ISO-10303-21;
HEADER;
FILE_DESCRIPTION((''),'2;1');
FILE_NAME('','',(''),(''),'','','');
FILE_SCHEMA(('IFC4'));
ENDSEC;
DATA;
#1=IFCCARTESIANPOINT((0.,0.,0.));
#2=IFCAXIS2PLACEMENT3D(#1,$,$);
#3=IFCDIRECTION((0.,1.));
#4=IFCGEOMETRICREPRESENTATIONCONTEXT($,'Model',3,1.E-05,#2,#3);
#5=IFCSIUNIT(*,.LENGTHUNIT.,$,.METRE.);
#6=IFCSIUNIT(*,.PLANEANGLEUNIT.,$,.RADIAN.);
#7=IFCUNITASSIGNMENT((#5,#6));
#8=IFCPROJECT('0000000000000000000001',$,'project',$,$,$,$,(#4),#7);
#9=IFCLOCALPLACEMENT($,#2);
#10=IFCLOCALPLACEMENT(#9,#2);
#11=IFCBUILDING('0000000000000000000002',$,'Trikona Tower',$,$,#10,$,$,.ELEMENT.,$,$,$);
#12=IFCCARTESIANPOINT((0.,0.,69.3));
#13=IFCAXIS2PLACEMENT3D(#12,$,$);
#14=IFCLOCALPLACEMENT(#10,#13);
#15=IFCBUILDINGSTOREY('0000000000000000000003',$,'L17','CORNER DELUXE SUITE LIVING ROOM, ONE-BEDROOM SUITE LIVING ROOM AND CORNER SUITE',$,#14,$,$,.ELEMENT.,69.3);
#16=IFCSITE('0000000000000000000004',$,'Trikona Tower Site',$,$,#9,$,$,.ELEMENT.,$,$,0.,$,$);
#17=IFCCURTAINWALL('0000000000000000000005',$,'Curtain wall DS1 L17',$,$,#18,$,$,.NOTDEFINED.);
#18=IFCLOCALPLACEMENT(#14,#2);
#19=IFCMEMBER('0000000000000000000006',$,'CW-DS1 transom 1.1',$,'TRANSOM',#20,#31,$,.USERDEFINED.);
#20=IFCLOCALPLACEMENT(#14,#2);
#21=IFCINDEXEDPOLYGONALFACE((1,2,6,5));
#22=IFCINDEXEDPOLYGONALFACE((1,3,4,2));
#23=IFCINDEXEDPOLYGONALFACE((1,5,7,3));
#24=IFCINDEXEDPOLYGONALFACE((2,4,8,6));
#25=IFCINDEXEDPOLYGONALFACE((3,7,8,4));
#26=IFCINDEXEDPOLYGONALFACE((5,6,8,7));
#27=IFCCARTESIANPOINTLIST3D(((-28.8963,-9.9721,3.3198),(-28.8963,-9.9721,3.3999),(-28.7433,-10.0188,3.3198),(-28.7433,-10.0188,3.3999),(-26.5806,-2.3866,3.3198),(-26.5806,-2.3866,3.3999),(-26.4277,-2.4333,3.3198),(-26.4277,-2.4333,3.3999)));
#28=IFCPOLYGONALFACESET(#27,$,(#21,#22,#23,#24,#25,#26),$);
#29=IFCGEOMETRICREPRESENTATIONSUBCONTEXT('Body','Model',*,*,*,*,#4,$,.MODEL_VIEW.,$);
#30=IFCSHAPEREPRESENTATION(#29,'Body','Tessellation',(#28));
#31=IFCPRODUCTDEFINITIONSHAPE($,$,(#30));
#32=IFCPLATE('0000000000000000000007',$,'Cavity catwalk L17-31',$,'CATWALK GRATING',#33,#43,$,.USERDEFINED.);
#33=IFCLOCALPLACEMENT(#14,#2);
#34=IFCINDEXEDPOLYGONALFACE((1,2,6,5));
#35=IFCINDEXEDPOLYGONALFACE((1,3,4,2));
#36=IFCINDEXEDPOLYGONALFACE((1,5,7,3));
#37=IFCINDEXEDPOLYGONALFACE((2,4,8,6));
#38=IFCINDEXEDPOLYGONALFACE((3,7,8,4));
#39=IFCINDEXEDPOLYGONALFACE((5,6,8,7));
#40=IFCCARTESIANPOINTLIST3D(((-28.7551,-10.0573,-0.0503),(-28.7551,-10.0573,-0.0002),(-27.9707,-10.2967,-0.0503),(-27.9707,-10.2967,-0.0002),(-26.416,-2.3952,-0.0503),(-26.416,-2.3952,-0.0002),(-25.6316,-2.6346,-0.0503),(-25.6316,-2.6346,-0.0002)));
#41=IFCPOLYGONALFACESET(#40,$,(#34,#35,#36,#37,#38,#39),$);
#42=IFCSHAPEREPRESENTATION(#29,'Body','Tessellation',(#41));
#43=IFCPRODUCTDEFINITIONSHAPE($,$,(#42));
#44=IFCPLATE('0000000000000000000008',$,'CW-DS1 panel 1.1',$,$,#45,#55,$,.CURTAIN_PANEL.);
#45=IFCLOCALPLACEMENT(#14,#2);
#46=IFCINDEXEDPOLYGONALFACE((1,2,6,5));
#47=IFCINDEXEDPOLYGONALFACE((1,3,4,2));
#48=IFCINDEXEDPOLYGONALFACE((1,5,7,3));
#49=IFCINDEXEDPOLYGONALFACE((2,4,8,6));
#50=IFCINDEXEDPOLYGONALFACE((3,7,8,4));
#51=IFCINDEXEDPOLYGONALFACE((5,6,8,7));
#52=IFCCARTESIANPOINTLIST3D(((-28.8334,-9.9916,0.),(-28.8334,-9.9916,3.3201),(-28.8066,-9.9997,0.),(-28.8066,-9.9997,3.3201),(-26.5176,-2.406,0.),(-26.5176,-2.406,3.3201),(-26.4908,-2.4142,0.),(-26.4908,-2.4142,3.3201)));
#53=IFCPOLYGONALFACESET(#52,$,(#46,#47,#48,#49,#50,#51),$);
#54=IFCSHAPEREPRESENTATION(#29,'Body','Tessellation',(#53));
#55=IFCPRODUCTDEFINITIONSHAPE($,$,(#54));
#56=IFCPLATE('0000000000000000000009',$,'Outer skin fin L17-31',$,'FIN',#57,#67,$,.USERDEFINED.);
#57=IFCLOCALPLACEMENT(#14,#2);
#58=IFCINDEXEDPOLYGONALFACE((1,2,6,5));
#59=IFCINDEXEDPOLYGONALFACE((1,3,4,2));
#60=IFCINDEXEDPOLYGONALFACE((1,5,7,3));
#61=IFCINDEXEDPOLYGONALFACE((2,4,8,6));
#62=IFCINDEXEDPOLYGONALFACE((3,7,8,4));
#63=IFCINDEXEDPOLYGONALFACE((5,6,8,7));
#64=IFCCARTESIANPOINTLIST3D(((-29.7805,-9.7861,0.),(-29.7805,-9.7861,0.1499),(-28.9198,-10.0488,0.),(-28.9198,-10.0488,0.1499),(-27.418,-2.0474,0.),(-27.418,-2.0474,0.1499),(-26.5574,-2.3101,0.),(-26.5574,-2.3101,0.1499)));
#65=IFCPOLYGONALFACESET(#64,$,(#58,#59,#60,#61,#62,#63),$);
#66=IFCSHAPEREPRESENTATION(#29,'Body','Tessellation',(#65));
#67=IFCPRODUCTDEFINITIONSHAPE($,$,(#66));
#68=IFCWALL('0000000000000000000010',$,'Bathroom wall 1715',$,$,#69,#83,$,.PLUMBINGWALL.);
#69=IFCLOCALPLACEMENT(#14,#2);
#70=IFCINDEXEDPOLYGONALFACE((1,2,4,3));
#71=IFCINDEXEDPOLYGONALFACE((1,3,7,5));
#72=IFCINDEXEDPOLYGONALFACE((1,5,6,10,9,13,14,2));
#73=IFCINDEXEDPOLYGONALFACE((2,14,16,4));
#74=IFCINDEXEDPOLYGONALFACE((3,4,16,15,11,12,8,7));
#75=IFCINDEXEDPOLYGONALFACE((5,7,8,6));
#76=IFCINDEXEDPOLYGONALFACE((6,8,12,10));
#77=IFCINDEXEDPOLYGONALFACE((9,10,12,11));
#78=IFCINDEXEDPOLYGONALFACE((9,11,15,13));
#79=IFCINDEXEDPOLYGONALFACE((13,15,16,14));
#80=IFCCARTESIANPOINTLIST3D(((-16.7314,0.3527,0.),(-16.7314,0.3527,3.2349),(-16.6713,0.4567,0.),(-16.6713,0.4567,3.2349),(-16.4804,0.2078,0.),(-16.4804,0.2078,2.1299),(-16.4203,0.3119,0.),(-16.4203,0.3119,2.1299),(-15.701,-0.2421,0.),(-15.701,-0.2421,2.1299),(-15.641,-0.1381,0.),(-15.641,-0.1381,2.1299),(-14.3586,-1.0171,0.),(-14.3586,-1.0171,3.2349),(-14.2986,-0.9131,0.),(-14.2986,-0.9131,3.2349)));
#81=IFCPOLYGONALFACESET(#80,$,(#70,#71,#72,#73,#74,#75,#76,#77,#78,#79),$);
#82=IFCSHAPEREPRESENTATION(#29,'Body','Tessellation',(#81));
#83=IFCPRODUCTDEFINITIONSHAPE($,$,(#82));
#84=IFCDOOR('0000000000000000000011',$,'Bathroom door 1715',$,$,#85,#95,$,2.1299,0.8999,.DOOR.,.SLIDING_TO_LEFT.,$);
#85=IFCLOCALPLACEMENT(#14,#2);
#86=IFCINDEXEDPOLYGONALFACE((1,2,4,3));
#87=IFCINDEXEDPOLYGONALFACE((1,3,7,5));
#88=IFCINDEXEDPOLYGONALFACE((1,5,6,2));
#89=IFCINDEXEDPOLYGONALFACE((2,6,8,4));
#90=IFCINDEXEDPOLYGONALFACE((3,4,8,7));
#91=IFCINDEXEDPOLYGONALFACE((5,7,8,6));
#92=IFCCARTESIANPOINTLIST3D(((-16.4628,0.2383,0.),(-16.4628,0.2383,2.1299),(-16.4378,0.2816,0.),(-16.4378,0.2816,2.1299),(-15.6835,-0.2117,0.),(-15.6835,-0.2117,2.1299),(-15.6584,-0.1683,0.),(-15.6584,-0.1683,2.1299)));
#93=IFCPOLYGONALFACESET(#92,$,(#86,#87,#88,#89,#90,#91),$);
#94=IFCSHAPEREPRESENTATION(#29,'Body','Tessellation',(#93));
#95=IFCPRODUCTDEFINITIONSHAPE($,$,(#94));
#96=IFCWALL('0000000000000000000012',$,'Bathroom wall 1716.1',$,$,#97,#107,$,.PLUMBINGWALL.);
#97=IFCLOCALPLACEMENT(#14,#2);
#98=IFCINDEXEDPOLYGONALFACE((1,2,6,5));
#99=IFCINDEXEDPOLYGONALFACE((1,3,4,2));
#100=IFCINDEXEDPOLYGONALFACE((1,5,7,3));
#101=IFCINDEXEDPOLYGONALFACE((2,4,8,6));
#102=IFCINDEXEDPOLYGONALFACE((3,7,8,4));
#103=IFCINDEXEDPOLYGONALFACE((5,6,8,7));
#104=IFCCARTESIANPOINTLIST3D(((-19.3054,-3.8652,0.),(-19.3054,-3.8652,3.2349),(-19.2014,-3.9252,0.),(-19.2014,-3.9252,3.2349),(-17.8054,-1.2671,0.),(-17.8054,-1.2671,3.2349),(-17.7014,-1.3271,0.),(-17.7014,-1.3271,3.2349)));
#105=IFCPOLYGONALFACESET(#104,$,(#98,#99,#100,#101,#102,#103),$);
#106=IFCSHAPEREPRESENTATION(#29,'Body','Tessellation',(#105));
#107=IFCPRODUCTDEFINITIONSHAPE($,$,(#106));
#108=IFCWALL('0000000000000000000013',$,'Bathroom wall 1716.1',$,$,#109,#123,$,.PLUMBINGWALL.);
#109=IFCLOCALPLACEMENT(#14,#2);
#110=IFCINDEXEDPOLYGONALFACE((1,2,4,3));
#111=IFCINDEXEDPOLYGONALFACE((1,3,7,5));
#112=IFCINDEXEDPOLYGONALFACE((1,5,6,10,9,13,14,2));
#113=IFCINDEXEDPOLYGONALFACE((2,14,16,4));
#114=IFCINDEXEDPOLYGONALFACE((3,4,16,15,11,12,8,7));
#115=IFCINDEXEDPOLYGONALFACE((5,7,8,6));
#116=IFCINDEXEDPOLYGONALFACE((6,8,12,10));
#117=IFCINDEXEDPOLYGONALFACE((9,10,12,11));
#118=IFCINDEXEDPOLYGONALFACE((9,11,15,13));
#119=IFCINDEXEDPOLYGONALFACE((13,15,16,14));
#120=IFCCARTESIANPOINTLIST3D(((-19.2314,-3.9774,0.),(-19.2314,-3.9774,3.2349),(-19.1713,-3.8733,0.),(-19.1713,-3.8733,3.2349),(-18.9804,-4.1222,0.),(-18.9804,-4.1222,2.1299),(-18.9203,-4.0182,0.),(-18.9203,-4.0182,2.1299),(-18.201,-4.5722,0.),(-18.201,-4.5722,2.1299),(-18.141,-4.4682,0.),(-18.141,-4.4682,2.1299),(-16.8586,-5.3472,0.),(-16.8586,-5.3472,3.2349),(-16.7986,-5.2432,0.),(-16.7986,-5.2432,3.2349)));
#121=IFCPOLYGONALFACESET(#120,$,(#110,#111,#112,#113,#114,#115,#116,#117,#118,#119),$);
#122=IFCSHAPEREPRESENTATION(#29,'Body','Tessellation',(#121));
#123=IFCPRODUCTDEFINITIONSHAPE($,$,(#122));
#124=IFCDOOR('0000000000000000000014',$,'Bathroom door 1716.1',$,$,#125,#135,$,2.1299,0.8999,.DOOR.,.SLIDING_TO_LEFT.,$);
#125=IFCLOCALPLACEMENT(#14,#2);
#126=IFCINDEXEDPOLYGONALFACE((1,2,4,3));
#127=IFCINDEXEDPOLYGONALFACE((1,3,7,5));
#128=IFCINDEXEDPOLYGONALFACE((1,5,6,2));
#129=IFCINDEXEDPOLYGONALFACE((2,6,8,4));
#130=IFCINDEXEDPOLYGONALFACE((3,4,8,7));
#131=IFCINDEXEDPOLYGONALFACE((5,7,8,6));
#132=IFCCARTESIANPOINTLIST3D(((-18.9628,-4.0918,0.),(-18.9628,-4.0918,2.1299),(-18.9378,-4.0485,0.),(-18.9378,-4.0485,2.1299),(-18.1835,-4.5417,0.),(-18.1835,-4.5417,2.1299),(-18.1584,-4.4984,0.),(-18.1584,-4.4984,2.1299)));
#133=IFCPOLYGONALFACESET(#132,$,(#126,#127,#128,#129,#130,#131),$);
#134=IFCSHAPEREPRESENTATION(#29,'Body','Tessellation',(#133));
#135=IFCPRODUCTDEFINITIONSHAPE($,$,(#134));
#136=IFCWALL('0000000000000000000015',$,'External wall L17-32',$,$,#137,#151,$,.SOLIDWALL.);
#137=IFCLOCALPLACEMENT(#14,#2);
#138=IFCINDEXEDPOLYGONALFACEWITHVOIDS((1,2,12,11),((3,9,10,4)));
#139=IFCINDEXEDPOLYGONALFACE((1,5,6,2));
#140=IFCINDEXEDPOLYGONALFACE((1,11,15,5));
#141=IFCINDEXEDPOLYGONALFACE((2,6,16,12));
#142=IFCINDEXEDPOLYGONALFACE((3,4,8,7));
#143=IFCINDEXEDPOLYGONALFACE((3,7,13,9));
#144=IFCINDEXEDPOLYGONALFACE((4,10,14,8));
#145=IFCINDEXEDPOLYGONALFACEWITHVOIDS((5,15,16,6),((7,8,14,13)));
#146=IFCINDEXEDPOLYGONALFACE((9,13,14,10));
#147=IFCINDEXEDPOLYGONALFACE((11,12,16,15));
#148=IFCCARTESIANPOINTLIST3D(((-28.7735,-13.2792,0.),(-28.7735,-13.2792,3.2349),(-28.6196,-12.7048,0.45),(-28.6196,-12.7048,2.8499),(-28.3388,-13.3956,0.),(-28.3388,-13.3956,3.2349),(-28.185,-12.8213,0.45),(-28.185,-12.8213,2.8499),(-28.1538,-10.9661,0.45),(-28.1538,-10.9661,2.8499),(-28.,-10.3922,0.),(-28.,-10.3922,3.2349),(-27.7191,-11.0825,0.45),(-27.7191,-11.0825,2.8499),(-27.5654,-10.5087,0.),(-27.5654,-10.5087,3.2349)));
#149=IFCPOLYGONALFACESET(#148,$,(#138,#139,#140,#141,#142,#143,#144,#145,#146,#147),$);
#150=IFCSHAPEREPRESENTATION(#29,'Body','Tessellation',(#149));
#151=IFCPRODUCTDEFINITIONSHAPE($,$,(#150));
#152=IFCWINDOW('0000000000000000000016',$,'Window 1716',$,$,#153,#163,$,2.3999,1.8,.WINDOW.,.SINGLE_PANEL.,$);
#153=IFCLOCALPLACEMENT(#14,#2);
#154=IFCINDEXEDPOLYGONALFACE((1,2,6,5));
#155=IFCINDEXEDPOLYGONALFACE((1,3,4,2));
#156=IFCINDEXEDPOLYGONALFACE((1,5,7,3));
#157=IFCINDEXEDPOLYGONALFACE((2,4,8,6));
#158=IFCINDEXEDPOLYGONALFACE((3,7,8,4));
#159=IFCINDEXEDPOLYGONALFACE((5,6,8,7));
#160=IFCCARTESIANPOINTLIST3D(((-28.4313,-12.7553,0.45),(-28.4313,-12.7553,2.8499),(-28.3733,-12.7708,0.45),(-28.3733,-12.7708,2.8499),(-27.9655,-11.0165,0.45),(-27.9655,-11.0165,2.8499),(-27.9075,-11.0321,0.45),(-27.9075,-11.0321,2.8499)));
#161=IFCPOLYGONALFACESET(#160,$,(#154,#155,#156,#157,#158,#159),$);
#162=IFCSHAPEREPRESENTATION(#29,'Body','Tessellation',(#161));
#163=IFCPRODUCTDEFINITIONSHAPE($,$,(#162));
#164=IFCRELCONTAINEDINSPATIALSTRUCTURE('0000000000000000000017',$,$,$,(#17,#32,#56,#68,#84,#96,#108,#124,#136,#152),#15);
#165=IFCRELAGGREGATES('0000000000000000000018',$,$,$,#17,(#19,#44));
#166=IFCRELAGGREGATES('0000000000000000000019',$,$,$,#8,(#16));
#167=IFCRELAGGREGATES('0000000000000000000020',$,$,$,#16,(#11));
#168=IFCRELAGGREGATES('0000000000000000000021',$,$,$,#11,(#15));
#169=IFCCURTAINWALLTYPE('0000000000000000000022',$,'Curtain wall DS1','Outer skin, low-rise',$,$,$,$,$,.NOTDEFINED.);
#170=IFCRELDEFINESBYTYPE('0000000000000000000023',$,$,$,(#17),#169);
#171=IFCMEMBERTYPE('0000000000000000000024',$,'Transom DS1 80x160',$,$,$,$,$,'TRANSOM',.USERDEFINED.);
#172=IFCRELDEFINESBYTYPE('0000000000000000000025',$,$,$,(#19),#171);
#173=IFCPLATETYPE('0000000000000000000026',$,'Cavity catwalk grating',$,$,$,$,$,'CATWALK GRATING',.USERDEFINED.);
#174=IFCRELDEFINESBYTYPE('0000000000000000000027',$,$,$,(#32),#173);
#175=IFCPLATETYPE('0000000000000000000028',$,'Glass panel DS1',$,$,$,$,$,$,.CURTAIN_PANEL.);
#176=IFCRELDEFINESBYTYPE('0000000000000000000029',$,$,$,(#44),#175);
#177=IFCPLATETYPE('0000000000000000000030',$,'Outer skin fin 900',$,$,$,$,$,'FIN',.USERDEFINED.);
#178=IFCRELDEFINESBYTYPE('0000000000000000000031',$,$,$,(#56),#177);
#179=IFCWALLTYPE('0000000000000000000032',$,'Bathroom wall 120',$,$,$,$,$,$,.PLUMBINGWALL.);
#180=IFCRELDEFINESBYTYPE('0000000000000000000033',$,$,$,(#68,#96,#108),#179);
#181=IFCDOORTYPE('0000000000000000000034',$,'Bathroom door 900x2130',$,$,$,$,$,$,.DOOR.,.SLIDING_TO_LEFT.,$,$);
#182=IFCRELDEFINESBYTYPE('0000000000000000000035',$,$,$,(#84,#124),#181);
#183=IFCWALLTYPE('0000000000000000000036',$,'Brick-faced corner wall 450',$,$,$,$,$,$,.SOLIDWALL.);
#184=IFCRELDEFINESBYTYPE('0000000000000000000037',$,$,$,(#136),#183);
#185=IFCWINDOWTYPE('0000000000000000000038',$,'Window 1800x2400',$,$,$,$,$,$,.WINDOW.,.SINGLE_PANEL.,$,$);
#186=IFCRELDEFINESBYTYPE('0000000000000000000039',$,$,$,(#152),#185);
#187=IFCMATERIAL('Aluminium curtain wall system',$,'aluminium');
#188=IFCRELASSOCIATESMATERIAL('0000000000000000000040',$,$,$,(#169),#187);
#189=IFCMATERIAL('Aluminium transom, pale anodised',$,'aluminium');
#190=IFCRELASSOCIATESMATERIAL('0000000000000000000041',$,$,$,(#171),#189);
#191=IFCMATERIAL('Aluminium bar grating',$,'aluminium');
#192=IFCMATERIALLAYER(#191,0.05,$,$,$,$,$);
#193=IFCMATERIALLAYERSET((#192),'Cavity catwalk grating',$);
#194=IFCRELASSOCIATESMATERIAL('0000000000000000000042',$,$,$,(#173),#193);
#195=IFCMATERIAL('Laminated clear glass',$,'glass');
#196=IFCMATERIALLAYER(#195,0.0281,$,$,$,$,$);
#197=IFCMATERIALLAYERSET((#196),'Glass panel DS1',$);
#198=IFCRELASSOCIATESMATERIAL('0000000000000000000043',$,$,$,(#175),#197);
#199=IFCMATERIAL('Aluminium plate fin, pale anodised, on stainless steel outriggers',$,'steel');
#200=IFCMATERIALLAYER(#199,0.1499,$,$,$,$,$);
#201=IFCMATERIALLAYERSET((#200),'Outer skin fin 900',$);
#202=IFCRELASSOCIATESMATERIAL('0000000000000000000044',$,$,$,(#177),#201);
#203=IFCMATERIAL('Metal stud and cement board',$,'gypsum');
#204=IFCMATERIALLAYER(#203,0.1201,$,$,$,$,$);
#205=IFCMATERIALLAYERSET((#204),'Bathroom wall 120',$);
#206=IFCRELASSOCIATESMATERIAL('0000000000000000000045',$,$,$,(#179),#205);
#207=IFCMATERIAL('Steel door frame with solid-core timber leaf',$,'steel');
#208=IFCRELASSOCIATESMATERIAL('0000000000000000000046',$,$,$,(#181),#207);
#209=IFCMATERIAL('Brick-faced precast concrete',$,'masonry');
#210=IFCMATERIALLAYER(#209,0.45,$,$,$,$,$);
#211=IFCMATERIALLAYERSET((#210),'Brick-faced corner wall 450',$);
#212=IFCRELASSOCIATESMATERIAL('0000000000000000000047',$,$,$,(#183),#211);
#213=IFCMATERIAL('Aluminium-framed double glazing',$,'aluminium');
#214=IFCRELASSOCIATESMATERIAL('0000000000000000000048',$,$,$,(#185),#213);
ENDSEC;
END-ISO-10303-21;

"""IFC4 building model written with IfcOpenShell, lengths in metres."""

from ifc_helpers import new_model, si_unit, direction, frame, frame_2d, origin, origin_2d, place, context, subcontext, project, spatial, rectangle, extrude, material, layer, layer_set, material_profile, profile_set, type_object, element, fill, aggregate, save


model = new_model("IFC4")

# Units and contexts
model_context = context("Model", 3, precision=1e-05, world=origin(), true_north=direction((0.0, 1.0)))
body_context = subcontext(model_context, "Body", "Model", "MODEL_VIEW")
ifc_project = project(units=[si_unit("LENGTHUNIT", "METRE"), si_unit("PLANEANGLEUNIT", "RADIAN")], contexts=[model_context])

# Site, building, storey
site_placement = place(None, origin())
site = spatial("IfcSite", under=ifc_project, at=site_placement, Name="Trikona Tower Site", CompositionType="ELEMENT", RefElevation=0.0)
building_placement = place(site_placement, origin())
building = spatial("IfcBuilding", under=site, at=building_placement, Name="Trikona Tower", CompositionType="ELEMENT")
storey_placement = place(building_placement, frame((0.0, 0.0, 69.3)))
storey = spatial("IfcBuildingStorey", under=building, at=storey_placement, Name="L17", Description="CORNER DELUXE SUITE LIVING ROOM, ONE-BEDROOM SUITE LIVING ROOM AND CORNER SUITE", CompositionType="ELEMENT", Elevation=69.3)

# Shared definitions
ifc_material_1 = material(Name="Aluminium curtain wall system", Category="aluminium")
curtain_wall_type = type_object("IfcCurtainWallType", Name="Curtain wall DS1", Description="Outer skin, low-rise", PredefinedType="NOTDEFINED", material=ifc_material_1)

# Curtain wall
curtain_wall_1_placement = place(storey_placement, origin())
curtain_wall_1 = element("IfcCurtainWall", 1, at=curtain_wall_1_placement, inside=storey, type_object=curtain_wall_type, Name="Curtain wall DS1 L17", PredefinedType="NOTDEFINED")

# Member
ifc_material_2 = material(Name="Aluminium transom, pale anodised", Category="aluminium")
ifc_material_profile_1 = material_profile(ifc_material_2, rectangle(XDim=0.1599, YDim=0.0801, at=origin_2d()), Name="TRN-DS1")
ifc_profile_set_1 = profile_set([ifc_material_profile_1], Name="Aluminium transom, pale anodised")
member_type_1 = type_object("IfcMemberType", Name="Transom DS1 80x160", ElementType="TRANSOM", PredefinedType="USERDEFINED", material=ifc_profile_set_1)
member_1_placement = place(storey_placement, frame((-26.5042, -2.4099, 3.3599), z_axis=(-0.291967, -0.956428, 0.0), x_axis=(0.956428, -0.291967, 0.0)))
member_1 = element("IfcMember", 2, at=member_1_placement, type_object=member_type_1, Name="CW-DS1 transom 1.1", ObjectType="TRANSOM", PredefinedType="USERDEFINED", context=body_context, shape_type="SweptSolid", body=[
    extrude(rectangle(XDim=0.1599, YDim=0.0801, at=origin_2d()), origin(), (0.0, 0.0, 1.0), 7.9312),
])

# Plates
ifc_material_3 = material(Name="Aluminium bar grating", Category="aluminium")
ifc_layer_1 = layer(ifc_material_3, 0.05)
ifc_layer_set_1 = layer_set([ifc_layer_1], Name="Cavity catwalk grating")
plate_type_1 = type_object("IfcPlateType", Name="Cavity catwalk grating", ElementType="CATWALK GRATING", PredefinedType="USERDEFINED", material=ifc_layer_set_1)
plate_1_placement = place(storey_placement, frame((-27.1934, -6.3459, -0.0503), z_axis=(0.0, 0.0, 1.0), x_axis=(-0.291979, -0.956425, 0.0)))
element("IfcPlate", 3, at=plate_1_placement, inside=storey, type_object=plate_type_1, Name="Cavity catwalk L17-31", ObjectType="CATWALK GRATING", PredefinedType="USERDEFINED", context=body_context, shape_type="SweptSolid", body=[
    extrude(rectangle(XDim=8.0112, YDim=0.8201, at=origin_2d()), origin(), (0.0, 0.0, 1.0), 0.05),
])
ifc_material_4 = material(Name="Laminated clear glass", Category="glass")
ifc_layer_2 = layer(ifc_material_4, 0.0281)
ifc_layer_set_2 = layer_set([ifc_layer_2], Name="Glass panel DS1")
plate_type_2 = type_object("IfcPlateType", Name="Glass panel DS1", PredefinedType="CURTAIN_PANEL", material=ifc_layer_set_2)
plate_2_placement = place(storey_placement, frame((-27.6621, -6.2029, 0.0), z_axis=(0.0, 0.0, 1.0), x_axis=(-0.291984, -0.956423, 0.0)))
plate_2 = element("IfcPlate", 4, at=plate_2_placement, type_object=plate_type_2, Name="CW-DS1 panel 1.1", PredefinedType="CURTAIN_PANEL", context=body_context, shape_type="SweptSolid", body=[
    extrude(rectangle(XDim=7.9312, YDim=0.0281, at=origin_2d()), origin(), (0.0, 0.0, 1.0), 3.3201),
])
aggregate(curtain_wall_1, [member_1, plate_2])
ifc_material_5 = material(Name="Aluminium plate fin, pale anodised, on stainless steel outriggers", Category="steel")
ifc_layer_3 = layer(ifc_material_5, 0.1499)
ifc_layer_set_3 = layer_set([ifc_layer_3], Name="Outer skin fin 900")
plate_type_3 = type_object("IfcPlateType", Name="Outer skin fin 900", ElementType="FIN", PredefinedType="USERDEFINED", material=ifc_layer_set_3)
plate_3_placement = place(storey_placement, frame((-28.1689, -6.0481, 0.0), z_axis=(0.0, 0.0, 1.0), x_axis=(-0.291979, -0.956425, 0.0)))
element("IfcPlate", 5, at=plate_3_placement, inside=storey, type_object=plate_type_3, Name="Outer skin fin L17-31", ObjectType="FIN", PredefinedType="USERDEFINED", context=body_context, shape_type="SweptSolid", body=[
    extrude(rectangle(XDim=8.0913, YDim=0.8999, at=origin_2d()), origin(), (0.0, 0.0, 1.0), 0.1499),
])

# Wall, opening, door
ifc_material_6 = material(Name="Metal stud and cement board", Category="gypsum")
ifc_layer_4 = layer(ifc_material_6, 0.1201)
ifc_layer_set_4 = layer_set([ifc_layer_4], Name="Bathroom wall 120")
wall_type_1 = type_object("IfcWallType", Name="Bathroom wall 120", PredefinedType="PLUMBINGWALL", material=ifc_layer_set_4)
wall_1_placement = place(storey_placement, frame((-14.3286, -0.9651, 0.0), z_axis=(0.0, 0.0, 1.0), x_axis=(-0.866036, 0.499982, 0.0)))
wall_1 = element("IfcWall", 6, at=wall_1_placement, inside=storey, type_object=wall_type_1, Name="Bathroom wall 1715", PredefinedType="PLUMBINGWALL", context=body_context, shape_type="SweptSolid", body=[
    extrude(rectangle(XDim=2.7397, YDim=0.1201, at=frame_2d((1.3699, 0.0))), origin(), (0.0, 0.0, 1.0), 3.2349),
])
opening_1_placement = place(wall_1_placement, frame((1.55, 0.0, 0.0)))
opening_1 = element("IfcOpeningElement", 7, at=opening_1_placement, cuts=wall_1, PredefinedType="OPENING", context=body_context, shape_type="SweptSolid", body=[
    extrude(rectangle(XDim=0.8999, YDim=2.1299, at=frame_2d((0.45, 1.0649))), frame((0.0, 0.0701, 0.0), z_axis=(0.0, -1.0, 0.0), x_axis=(1.0, 0.0, 0.0)), (0.0, 0.0, 1.0), 0.1401),
])
ifc_material_7 = material(Name="Steel door frame with solid-core timber leaf", Category="steel")
door_type_1 = type_object("IfcDoorType", Name="Bathroom door 900x2130", OperationType="SLIDING_TO_LEFT", PredefinedType="DOOR", material=ifc_material_7)
door_1_placement = place(opening_1_placement, origin())
door_1 = element("IfcDoor", 8, at=door_1_placement, inside=storey, type_object=door_type_1, Name="Bathroom door 1715", OperationType="SLIDING_TO_LEFT", OverallHeight=2.1299, OverallWidth=0.8999, PredefinedType="DOOR", context=body_context, shape_type="SweptSolid", body=[
    extrude(rectangle(XDim=0.8999, YDim=2.1299, at=frame_2d((0.45, 1.0649))), frame((0.0, 0.0249, 0.0), z_axis=(0.0, -1.0, 0.0), x_axis=(1.0, 0.0, 0.0)), (0.0, 0.0, 1.0), 0.05),
])
fill(opening_1, door_1)

# Wall
wall_2_placement = place(storey_placement, frame((-17.7534, -1.2971, 0.0), z_axis=(0.0, 0.0, 1.0), x_axis=(-0.49999, -0.866031, 0.0)))
element("IfcWall", 9, at=wall_2_placement, inside=storey, type_object=wall_type_1, Name="Bathroom wall 1716.1", PredefinedType="PLUMBINGWALL", context=body_context, shape_type="SweptSolid", body=[
    extrude(rectangle(XDim=3.0, YDim=0.1201, at=frame_2d((1.5, 0.0))), origin(), (0.0, 0.0, 1.0), 3.2349),
])

# Wall, opening, door
wall_3_placement = place(storey_placement, frame((-16.8286, -5.2952, 0.0), z_axis=(0.0, 0.0, 1.0), x_axis=(-0.866036, 0.499982, 0.0)))
wall_3 = element("IfcWall", 10, at=wall_3_placement, inside=storey, type_object=wall_type_1, Name="Bathroom wall 1716.1", PredefinedType="PLUMBINGWALL", context=body_context, shape_type="SweptSolid", body=[
    extrude(rectangle(XDim=2.7397, YDim=0.1201, at=frame_2d((1.3699, 0.0))), origin(), (0.0, 0.0, 1.0), 3.2349),
])
opening_2_placement = place(wall_3_placement, frame((1.55, 0.0, 0.0)))
opening_2 = element("IfcOpeningElement", 11, at=opening_2_placement, cuts=wall_3, PredefinedType="OPENING", context=body_context, shape_type="SweptSolid", body=[
    extrude(rectangle(XDim=0.8999, YDim=2.1299, at=frame_2d((0.45, 1.0649))), frame((0.0, 0.0701, 0.0), z_axis=(0.0, -1.0, 0.0), x_axis=(1.0, 0.0, 0.0)), (0.0, 0.0, 1.0), 0.1401),
])
door_2_placement = place(opening_2_placement, origin())
door_2 = element("IfcDoor", 12, at=door_2_placement, inside=storey, type_object=door_type_1, Name="Bathroom door 1716.1", OperationType="SLIDING_TO_LEFT", OverallHeight=2.1299, OverallWidth=0.8999, PredefinedType="DOOR", context=body_context, shape_type="SweptSolid", body=[
    extrude(rectangle(XDim=0.8999, YDim=2.1299, at=frame_2d((0.45, 1.0649))), frame((0.0, 0.0249, 0.0), z_axis=(0.0, -1.0, 0.0), x_axis=(1.0, 0.0, 0.0)), (0.0, 0.0, 1.0), 0.05),
])
fill(opening_2, door_2)

# Wall, opening, window
ifc_material_8 = material(Name="Brick-faced precast concrete", Category="masonry")
ifc_layer_5 = layer(ifc_material_8, 0.45)
ifc_layer_set_5 = layer_set([ifc_layer_5], Name="Brick-faced corner wall 450")
wall_type_2 = type_object("IfcWallType", Name="Brick-faced corner wall 450", PredefinedType="SOLIDWALL", material=ifc_layer_set_5)
wall_4_placement = place(storey_placement, frame((-27.7827, -10.4504, 0.0), z_axis=(0.0, 0.0, 1.0), x_axis=(-0.258781, -0.965936, 0.0)))
wall_4 = element("IfcWall", 13, at=wall_4_placement, inside=storey, type_object=wall_type_2, Name="External wall L17-32", PredefinedType="SOLIDWALL", context=body_context, shape_type="SweptSolid", body=[
    extrude(rectangle(XDim=2.9888, YDim=0.45, at=frame_2d((1.4944, 0.0))), origin(), (0.0, 0.0, 1.0), 3.2349),
])
opening_3_placement = place(wall_4_placement, frame((0.5942, 0.0, 0.45)))
opening_3 = element("IfcOpeningElement", 14, at=opening_3_placement, cuts=wall_4, PredefinedType="OPENING", context=body_context, shape_type="SweptSolid", body=[
    extrude(rectangle(XDim=1.8, YDim=2.3999, at=frame_2d((0.8999, 1.2))), frame((0.0, 0.2349, 0.0), z_axis=(0.0, -1.0, 0.0), x_axis=(1.0, 0.0, 0.0)), (0.0, 0.0, 1.0), 0.47),
])
ifc_material_9 = material(Name="Aluminium-framed double glazing", Category="aluminium")
window_type_1 = type_object("IfcWindowType", Name="Window 1800x2400", PartitioningType="SINGLE_PANEL", PredefinedType="WINDOW", material=ifc_material_9)
window_1_placement = place(opening_3_placement, origin())
window_1 = element("IfcWindow", 15, at=window_1_placement, inside=storey, type_object=window_type_1, Name="Window 1716", OverallHeight=2.3999, OverallWidth=1.8, PartitioningType="SINGLE_PANEL", PredefinedType="WINDOW", context=body_context, shape_type="SweptSolid", body=[
    extrude(rectangle(XDim=1.8, YDim=2.3999, at=frame_2d((0.8999, 1.2))), frame((0.0, 0.03, 0.0), z_axis=(0.0, -1.0, 0.0), x_axis=(1.0, 0.0, 0.0)), (0.0, 0.0, 1.0), 0.0601),
])
fill(opening_3, window_1)

save(model, "model.ifc")
